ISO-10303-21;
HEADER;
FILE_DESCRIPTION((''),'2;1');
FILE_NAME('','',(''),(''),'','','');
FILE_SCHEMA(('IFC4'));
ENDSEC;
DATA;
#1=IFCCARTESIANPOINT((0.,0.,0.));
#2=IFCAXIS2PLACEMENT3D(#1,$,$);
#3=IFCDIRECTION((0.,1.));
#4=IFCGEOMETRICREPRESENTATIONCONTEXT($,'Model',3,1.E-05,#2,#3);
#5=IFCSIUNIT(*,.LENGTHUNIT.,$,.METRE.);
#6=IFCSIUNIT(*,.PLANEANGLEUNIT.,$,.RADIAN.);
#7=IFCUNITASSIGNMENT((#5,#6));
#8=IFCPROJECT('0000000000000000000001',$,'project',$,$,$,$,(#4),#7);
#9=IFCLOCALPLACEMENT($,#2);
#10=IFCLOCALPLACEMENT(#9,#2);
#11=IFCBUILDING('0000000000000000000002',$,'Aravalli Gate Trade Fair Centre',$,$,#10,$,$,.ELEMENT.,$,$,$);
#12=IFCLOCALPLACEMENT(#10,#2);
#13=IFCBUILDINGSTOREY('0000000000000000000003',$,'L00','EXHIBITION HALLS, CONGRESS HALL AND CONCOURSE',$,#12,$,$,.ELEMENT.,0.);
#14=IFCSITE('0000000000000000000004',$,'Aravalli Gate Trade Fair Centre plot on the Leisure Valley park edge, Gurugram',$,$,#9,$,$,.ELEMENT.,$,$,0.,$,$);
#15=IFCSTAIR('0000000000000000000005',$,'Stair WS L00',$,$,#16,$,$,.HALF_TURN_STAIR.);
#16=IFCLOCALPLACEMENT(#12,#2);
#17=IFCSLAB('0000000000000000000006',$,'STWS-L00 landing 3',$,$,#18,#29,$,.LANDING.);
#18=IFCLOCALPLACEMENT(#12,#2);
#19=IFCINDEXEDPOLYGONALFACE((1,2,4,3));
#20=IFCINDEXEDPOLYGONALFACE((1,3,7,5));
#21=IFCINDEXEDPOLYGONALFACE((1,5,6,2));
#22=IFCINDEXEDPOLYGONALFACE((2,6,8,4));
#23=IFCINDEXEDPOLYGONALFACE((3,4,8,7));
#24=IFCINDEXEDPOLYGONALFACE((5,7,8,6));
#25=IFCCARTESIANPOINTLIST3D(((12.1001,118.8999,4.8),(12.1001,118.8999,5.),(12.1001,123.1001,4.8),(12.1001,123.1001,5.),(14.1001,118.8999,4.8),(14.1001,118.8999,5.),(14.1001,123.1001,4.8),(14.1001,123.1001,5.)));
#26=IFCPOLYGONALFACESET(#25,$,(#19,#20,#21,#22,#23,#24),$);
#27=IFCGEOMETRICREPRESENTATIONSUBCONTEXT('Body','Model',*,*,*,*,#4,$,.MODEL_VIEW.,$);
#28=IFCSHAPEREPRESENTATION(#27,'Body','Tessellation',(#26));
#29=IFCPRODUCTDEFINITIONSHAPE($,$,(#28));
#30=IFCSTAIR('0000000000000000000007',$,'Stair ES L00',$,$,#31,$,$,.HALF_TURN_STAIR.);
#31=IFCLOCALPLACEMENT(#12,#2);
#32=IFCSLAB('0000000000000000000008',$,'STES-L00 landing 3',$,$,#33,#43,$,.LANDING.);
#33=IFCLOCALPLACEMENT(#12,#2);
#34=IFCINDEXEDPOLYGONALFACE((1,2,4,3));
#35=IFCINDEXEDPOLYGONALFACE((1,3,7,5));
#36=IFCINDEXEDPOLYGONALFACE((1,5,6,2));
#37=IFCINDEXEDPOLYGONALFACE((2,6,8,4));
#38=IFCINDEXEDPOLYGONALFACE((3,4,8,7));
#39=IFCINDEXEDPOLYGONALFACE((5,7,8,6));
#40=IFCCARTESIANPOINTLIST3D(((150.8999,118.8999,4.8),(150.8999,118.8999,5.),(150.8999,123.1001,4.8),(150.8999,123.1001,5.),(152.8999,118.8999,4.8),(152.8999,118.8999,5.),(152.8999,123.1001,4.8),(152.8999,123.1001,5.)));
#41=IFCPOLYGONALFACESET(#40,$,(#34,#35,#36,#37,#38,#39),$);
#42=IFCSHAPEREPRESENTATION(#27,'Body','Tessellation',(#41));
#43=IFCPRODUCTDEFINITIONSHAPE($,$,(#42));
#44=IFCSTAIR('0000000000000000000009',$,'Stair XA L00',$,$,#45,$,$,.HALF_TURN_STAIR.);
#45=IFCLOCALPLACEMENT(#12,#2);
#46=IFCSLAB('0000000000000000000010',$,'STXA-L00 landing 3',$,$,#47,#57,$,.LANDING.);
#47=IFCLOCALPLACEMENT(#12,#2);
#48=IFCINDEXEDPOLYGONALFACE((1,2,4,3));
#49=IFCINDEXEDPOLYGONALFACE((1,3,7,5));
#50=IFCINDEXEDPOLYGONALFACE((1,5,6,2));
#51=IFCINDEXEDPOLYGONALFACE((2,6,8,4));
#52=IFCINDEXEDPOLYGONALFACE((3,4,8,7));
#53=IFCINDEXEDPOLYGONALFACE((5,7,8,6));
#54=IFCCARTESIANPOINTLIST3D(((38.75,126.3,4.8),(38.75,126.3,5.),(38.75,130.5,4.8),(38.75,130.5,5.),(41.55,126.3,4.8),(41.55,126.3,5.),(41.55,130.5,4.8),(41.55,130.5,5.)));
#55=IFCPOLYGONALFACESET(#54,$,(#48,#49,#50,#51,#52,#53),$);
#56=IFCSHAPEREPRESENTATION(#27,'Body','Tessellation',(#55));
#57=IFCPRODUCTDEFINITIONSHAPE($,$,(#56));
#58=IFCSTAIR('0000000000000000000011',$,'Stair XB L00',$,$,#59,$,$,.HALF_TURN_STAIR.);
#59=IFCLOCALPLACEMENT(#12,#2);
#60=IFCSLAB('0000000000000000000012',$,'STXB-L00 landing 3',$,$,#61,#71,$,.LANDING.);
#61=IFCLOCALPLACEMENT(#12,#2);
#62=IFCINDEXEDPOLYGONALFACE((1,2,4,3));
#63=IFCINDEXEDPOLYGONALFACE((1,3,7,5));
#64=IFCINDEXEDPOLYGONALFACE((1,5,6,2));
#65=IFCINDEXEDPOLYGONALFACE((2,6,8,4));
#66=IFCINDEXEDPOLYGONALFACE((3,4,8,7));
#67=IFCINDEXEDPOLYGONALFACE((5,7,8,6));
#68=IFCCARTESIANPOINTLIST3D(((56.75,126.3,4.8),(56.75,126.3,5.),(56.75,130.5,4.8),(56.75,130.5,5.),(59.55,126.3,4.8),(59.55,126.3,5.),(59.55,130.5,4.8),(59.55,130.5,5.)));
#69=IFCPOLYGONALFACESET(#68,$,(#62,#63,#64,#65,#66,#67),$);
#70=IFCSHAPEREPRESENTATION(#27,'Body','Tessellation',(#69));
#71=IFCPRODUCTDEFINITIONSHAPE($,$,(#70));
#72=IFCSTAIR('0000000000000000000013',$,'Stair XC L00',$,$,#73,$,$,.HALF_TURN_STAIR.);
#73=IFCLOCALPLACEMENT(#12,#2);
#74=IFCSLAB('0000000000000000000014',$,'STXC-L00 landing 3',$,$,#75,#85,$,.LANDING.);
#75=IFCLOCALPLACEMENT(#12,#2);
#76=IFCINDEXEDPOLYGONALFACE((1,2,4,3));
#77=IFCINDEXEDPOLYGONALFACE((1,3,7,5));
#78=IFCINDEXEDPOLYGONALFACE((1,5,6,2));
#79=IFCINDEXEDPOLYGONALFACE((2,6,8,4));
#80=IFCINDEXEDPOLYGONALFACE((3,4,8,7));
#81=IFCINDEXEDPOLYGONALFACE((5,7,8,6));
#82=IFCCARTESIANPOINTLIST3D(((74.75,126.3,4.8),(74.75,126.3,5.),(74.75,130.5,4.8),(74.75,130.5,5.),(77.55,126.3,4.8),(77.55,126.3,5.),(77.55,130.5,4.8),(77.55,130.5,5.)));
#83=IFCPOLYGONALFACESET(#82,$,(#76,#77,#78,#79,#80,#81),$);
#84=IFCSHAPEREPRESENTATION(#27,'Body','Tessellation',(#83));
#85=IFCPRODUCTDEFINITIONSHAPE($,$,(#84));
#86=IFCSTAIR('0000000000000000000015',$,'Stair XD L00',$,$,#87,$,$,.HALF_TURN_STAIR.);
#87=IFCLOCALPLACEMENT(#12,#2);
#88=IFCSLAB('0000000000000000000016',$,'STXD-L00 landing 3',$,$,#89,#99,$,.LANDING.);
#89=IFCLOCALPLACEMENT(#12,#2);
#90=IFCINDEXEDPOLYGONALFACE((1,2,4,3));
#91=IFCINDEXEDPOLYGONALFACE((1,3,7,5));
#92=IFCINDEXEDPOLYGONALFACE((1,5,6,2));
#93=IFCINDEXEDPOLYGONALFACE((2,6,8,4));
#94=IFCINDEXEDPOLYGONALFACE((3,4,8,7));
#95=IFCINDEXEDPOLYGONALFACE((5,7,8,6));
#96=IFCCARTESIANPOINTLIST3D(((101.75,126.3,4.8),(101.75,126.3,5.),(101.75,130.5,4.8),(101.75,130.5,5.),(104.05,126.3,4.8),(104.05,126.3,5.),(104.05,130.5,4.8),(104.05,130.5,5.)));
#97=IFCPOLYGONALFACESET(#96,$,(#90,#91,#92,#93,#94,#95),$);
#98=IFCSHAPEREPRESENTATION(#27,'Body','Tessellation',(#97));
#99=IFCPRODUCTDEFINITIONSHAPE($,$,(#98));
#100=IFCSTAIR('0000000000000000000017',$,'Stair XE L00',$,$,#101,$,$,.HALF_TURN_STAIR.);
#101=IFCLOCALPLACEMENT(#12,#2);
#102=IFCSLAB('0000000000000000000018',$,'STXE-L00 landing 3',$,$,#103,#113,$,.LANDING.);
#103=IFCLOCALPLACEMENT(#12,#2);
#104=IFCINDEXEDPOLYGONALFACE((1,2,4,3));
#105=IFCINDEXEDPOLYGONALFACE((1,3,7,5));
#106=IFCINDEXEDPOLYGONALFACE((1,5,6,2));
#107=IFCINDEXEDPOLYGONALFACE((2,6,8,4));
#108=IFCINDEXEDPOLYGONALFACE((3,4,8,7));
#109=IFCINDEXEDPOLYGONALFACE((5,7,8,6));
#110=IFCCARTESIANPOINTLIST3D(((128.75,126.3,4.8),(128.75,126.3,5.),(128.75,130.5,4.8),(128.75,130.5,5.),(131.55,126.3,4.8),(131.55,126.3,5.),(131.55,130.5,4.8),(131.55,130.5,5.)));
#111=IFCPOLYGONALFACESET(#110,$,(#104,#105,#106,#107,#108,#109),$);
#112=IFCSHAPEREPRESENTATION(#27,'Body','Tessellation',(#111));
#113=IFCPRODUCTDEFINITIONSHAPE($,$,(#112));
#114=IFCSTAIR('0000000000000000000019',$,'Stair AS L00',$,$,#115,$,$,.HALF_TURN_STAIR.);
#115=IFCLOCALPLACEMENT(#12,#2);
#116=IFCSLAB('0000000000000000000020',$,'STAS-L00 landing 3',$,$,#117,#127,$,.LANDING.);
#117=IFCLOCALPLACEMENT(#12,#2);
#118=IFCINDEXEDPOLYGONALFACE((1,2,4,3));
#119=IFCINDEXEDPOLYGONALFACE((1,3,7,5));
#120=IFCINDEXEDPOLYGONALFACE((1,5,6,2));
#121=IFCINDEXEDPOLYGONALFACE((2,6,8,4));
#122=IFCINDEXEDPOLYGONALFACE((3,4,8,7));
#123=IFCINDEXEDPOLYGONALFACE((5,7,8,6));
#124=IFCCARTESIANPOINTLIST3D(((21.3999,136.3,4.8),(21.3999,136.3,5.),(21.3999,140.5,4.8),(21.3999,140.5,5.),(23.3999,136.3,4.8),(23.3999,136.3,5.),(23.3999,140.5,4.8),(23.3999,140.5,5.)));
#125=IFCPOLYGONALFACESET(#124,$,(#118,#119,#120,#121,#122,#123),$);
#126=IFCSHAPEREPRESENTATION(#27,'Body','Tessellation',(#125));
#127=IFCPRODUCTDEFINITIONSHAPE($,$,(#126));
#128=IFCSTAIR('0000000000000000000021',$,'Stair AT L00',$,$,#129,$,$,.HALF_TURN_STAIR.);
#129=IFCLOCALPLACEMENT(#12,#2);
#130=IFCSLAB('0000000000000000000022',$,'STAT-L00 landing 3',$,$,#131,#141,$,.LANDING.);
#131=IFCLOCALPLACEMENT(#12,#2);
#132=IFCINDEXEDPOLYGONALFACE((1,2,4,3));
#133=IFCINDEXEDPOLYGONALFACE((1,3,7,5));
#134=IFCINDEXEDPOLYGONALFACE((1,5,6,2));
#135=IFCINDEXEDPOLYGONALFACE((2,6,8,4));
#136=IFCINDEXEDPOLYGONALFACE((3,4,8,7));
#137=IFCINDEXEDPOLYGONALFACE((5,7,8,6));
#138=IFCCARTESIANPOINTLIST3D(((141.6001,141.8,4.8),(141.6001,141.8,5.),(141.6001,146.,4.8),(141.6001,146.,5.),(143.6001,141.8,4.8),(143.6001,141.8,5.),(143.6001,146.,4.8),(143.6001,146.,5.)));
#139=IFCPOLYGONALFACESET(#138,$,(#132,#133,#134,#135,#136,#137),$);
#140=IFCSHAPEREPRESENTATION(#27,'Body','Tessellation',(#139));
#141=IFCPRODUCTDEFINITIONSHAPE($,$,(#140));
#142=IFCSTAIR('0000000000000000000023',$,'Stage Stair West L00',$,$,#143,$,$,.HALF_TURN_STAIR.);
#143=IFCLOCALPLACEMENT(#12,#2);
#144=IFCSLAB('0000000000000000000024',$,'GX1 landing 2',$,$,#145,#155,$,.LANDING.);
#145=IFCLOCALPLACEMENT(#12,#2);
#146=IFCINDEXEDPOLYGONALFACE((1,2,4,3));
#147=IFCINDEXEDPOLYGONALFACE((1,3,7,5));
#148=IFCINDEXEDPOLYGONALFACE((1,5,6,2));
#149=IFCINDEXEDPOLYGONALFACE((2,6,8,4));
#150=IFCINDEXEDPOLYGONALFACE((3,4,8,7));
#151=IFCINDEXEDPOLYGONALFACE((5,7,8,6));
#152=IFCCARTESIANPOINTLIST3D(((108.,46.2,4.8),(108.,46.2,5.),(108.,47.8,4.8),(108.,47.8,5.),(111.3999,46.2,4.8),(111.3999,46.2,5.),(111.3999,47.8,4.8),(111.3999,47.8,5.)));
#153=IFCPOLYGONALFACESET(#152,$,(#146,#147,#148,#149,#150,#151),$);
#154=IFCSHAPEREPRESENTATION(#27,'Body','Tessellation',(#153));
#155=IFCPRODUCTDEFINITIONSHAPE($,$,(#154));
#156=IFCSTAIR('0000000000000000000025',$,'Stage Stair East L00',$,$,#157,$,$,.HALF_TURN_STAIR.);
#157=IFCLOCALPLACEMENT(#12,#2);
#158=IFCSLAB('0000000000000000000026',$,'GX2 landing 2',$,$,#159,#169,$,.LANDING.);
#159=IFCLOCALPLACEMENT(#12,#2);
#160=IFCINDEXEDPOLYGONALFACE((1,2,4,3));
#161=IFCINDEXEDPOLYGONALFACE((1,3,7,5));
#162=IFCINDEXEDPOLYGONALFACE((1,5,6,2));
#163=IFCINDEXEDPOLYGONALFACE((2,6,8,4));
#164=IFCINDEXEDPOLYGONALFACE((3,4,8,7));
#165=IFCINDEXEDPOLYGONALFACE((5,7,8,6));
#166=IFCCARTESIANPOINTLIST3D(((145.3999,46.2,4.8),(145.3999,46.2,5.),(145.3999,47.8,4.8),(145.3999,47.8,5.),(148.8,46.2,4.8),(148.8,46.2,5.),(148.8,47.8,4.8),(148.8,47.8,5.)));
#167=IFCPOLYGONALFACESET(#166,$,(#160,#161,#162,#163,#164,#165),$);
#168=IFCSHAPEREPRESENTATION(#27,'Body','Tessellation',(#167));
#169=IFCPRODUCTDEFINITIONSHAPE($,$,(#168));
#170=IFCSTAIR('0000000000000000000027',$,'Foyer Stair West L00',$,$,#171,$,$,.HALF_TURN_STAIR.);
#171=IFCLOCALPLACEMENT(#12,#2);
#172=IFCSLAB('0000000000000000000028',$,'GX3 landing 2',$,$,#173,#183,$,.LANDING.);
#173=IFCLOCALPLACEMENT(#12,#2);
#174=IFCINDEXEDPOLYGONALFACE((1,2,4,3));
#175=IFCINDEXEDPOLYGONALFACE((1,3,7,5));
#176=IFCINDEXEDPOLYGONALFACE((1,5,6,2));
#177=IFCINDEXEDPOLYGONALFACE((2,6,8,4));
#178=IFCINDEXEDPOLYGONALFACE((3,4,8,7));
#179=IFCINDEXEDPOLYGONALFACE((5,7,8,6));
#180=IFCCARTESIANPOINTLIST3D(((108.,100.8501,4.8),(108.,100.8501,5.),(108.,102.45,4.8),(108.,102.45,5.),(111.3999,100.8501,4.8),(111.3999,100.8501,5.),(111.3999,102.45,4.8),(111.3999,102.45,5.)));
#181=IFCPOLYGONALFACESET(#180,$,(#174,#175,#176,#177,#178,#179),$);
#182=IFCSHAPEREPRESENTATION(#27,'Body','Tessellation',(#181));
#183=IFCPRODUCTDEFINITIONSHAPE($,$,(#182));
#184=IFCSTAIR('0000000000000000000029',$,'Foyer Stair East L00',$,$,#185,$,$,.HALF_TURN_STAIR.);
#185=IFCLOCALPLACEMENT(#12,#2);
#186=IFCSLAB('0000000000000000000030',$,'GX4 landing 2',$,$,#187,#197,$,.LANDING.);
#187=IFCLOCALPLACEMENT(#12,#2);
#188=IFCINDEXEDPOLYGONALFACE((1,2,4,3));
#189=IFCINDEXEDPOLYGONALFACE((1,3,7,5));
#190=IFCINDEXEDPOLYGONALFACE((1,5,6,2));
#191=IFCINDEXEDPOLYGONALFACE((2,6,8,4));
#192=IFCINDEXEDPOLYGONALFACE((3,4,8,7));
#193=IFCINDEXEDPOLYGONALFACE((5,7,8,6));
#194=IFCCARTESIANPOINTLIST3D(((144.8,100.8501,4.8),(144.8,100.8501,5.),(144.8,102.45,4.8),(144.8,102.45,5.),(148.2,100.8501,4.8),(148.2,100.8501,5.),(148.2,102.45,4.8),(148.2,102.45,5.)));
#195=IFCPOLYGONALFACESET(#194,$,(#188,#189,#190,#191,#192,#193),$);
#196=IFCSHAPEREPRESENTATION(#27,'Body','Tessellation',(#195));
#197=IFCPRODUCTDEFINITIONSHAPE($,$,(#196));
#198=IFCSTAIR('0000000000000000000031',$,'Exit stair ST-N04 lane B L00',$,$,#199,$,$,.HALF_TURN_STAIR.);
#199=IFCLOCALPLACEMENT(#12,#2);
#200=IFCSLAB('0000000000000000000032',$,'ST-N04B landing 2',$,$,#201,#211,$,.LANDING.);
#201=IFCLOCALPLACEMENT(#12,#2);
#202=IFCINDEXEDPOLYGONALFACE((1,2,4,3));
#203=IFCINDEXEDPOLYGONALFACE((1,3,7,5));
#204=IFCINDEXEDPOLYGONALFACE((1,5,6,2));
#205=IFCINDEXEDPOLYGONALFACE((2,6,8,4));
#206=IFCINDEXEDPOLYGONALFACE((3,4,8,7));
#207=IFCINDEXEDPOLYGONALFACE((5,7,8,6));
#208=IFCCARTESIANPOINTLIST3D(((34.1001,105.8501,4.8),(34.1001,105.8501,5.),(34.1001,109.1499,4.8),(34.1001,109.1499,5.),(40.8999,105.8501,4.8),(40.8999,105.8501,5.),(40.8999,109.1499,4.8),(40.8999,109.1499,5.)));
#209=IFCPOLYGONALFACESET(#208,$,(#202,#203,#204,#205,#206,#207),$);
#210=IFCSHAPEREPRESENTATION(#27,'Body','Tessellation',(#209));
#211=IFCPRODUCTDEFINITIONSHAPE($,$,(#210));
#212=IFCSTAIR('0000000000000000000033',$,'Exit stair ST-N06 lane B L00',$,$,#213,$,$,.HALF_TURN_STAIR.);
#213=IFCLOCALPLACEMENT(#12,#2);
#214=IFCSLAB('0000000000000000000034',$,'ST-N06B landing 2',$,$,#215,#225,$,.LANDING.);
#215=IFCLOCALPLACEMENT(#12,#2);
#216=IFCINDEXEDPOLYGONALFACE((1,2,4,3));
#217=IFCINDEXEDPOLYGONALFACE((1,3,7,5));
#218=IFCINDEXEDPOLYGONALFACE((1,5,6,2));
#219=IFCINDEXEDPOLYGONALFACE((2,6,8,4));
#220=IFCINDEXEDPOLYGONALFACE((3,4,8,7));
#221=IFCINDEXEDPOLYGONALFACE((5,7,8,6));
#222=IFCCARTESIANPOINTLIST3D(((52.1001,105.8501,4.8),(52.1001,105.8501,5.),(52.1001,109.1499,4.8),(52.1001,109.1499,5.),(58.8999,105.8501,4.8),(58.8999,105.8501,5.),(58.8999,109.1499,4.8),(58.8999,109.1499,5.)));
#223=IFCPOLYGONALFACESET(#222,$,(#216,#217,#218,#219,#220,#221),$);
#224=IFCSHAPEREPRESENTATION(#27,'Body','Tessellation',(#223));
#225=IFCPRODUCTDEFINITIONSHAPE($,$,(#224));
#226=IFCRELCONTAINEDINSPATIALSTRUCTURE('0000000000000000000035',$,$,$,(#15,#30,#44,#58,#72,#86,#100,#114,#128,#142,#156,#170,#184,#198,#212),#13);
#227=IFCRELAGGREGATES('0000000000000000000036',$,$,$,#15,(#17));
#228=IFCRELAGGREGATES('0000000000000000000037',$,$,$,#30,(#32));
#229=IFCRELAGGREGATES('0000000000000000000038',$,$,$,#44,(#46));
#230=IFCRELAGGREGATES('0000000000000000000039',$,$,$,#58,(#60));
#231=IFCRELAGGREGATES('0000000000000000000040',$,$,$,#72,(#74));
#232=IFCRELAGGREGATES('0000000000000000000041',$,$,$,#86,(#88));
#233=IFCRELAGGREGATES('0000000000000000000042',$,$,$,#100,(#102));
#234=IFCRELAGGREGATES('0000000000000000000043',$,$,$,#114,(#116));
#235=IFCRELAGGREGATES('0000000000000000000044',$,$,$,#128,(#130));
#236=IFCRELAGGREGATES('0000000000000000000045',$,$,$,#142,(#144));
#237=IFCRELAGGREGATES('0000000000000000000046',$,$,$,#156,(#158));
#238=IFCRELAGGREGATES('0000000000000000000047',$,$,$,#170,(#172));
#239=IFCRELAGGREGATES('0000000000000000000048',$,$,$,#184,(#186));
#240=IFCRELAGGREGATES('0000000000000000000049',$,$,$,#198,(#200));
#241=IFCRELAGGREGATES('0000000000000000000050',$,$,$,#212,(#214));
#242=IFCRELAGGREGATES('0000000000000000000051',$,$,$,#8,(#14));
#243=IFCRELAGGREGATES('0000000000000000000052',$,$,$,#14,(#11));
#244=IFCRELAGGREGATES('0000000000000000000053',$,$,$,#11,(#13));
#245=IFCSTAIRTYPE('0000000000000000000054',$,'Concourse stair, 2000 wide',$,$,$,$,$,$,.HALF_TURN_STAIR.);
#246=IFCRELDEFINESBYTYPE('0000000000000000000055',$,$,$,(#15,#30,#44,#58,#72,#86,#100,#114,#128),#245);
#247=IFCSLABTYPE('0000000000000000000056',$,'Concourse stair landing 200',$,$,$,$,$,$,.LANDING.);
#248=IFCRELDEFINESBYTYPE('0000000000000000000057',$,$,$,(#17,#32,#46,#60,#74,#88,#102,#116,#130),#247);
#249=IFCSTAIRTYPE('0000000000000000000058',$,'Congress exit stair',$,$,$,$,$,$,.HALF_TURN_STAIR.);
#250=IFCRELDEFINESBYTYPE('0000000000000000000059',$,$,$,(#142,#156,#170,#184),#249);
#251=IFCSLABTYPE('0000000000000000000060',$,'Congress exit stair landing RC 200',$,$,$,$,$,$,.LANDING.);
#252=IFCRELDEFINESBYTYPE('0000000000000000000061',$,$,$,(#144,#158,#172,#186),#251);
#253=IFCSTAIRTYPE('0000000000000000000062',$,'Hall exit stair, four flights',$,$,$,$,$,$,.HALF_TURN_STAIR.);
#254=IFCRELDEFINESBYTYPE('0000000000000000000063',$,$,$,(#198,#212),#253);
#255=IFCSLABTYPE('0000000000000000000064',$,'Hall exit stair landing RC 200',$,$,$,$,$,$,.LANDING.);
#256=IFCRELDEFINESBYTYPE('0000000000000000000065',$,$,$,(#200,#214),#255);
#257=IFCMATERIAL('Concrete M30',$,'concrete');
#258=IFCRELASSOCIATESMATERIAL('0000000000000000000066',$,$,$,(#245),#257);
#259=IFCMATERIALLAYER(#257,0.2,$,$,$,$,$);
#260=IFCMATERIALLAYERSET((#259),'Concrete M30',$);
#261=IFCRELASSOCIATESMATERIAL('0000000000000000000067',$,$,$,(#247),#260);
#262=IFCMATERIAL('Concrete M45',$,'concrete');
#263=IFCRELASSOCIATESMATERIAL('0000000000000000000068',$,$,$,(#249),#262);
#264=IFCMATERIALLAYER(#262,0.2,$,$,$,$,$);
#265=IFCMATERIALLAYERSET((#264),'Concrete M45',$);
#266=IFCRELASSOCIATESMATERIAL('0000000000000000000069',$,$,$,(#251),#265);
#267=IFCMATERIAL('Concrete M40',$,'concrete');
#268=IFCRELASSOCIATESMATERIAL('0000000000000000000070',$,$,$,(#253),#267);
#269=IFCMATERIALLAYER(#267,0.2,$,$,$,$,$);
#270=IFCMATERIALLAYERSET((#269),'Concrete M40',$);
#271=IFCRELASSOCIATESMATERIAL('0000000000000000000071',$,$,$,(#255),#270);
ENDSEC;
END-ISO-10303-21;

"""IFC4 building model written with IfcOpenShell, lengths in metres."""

from ifc_helpers import new_model, si_unit, direction, frame, origin, place, context, subcontext, project, spatial, polyline, outline, extrude, material, layer, layer_set, type_object, element, aggregate, save


model = new_model("IFC4")

# Units and contexts
model_context = context("Model", 3, precision=1e-05, world=origin(), true_north=direction((0.0, 1.0)))
body_context = subcontext(model_context, "Body", "Model", "MODEL_VIEW")
ifc_project = project(units=[si_unit("LENGTHUNIT", "METRE"), si_unit("PLANEANGLEUNIT", "RADIAN")], contexts=[model_context])

# Site, building, storey
site_placement = place(None, origin())
site = spatial("IfcSite", under=ifc_project, at=site_placement, Name="Aravalli Gate Trade Fair Centre plot on the Leisure Valley park edge, Gurugram", CompositionType="ELEMENT", RefElevation=0.0)
building_placement = place(site_placement, origin())
building = spatial("IfcBuilding", under=site, at=building_placement, Name="Aravalli Gate Trade Fair Centre", CompositionType="ELEMENT")
storey_placement = place(building_placement, origin())
storey = spatial("IfcBuildingStorey", under=building, at=storey_placement, Name="L00", Description="EXHIBITION HALLS, CONGRESS HALL AND CONCOURSE", CompositionType="ELEMENT", Elevation=0.0)

# Stairs, slabs
ifc_material_1 = material(Name="Concrete M30", Category="concrete")
stair_type_1 = type_object("IfcStairType", Name="Concourse stair, 2000 wide", PredefinedType="HALF_TURN_STAIR", material=ifc_material_1)
stair_1_placement = place(storey_placement, origin())
stair_1 = element("IfcStair", 1, at=stair_1_placement, inside=storey, type_object=stair_type_1, Name="Stair WS L00", PredefinedType="HALF_TURN_STAIR")
ifc_layer_1 = layer(ifc_material_1, 0.2)
ifc_layer_set_1 = layer_set([ifc_layer_1], Name="Concrete M30")
slab_type_1 = type_object("IfcSlabType", Name="Concourse stair landing 200", PredefinedType="LANDING", material=ifc_layer_set_1)
slab_1_placement = place(storey_placement, frame((0.0, 0.0, 4.8)))
slab_1 = element("IfcSlab", 2, at=slab_1_placement, type_object=slab_type_1, Name="STWS-L00 landing 3", PredefinedType="LANDING", context=body_context, shape_type="SweptSolid", body=[
    extrude(outline(polyline([(12.1001, 118.8999), (14.1001, 118.8999), (14.1001, 123.1001), (12.1001, 123.1001), (12.1001, 118.8999)])), origin(), (0.0, 0.0, 1.0), 0.2),
])
aggregate(stair_1, [slab_1])
stair_2_placement = place(storey_placement, origin())
stair_2 = element("IfcStair", 3, at=stair_2_placement, inside=storey, type_object=stair_type_1, Name="Stair ES L00", PredefinedType="HALF_TURN_STAIR")
slab_2_placement = place(storey_placement, frame((0.0, 0.0, 4.8)))
slab_2 = element("IfcSlab", 4, at=slab_2_placement, type_object=slab_type_1, Name="STES-L00 landing 3", PredefinedType="LANDING", context=body_context, shape_type="SweptSolid", body=[
    extrude(outline(polyline([(150.8999, 118.8999), (152.8999, 118.8999), (152.8999, 123.1001), (150.8999, 123.1001), (150.8999, 118.8999)])), origin(), (0.0, 0.0, 1.0), 0.2),
])
aggregate(stair_2, [slab_2])
stair_3_placement = place(storey_placement, origin())
stair_3 = element("IfcStair", 5, at=stair_3_placement, inside=storey, type_object=stair_type_1, Name="Stair XA L00", PredefinedType="HALF_TURN_STAIR")
slab_3_placement = place(storey_placement, frame((0.0, 0.0, 4.8)))
slab_3 = element("IfcSlab", 6, at=slab_3_placement, type_object=slab_type_1, Name="STXA-L00 landing 3", PredefinedType="LANDING", context=body_context, shape_type="SweptSolid", body=[
    extrude(outline(polyline([(38.75, 126.3), (41.55, 126.3), (41.55, 130.5), (38.75, 130.5), (38.75, 126.3)])), origin(), (0.0, 0.0, 1.0), 0.2),
])
aggregate(stair_3, [slab_3])
stair_4_placement = place(storey_placement, origin())
stair_4 = element("IfcStair", 7, at=stair_4_placement, inside=storey, type_object=stair_type_1, Name="Stair XB L00", PredefinedType="HALF_TURN_STAIR")
slab_4_placement = place(storey_placement, frame((0.0, 0.0, 4.8)))
slab_4 = element("IfcSlab", 8, at=slab_4_placement, type_object=slab_type_1, Name="STXB-L00 landing 3", PredefinedType="LANDING", context=body_context, shape_type="SweptSolid", body=[
    extrude(outline(polyline([(56.75, 126.3), (59.55, 126.3), (59.55, 130.5), (56.75, 130.5), (56.75, 126.3)])), origin(), (0.0, 0.0, 1.0), 0.2),
])
aggregate(stair_4, [slab_4])
stair_5_placement = place(storey_placement, origin())
stair_5 = element("IfcStair", 9, at=stair_5_placement, inside=storey, type_object=stair_type_1, Name="Stair XC L00", PredefinedType="HALF_TURN_STAIR")
slab_5_placement = place(storey_placement, frame((0.0, 0.0, 4.8)))
slab_5 = element("IfcSlab", 10, at=slab_5_placement, type_object=slab_type_1, Name="STXC-L00 landing 3", PredefinedType="LANDING", context=body_context, shape_type="SweptSolid", body=[
    extrude(outline(polyline([(74.75, 126.3), (77.55, 126.3), (77.55, 130.5), (74.75, 130.5), (74.75, 126.3)])), origin(), (0.0, 0.0, 1.0), 0.2),
])
aggregate(stair_5, [slab_5])
stair_6_placement = place(storey_placement, origin())
stair_6 = element("IfcStair", 11, at=stair_6_placement, inside=storey, type_object=stair_type_1, Name="Stair XD L00", PredefinedType="HALF_TURN_STAIR")
slab_6_placement = place(storey_placement, frame((0.0, 0.0, 4.8)))
slab_6 = element("IfcSlab", 12, at=slab_6_placement, type_object=slab_type_1, Name="STXD-L00 landing 3", PredefinedType="LANDING", context=body_context, shape_type="SweptSolid", body=[
    extrude(outline(polyline([(101.75, 126.3), (104.05, 126.3), (104.05, 130.5), (101.75, 130.5), (101.75, 126.3)])), origin(), (0.0, 0.0, 1.0), 0.2),
])
aggregate(stair_6, [slab_6])
stair_7_placement = place(storey_placement, origin())
stair_7 = element("IfcStair", 13, at=stair_7_placement, inside=storey, type_object=stair_type_1, Name="Stair XE L00", PredefinedType="HALF_TURN_STAIR")
slab_7_placement = place(storey_placement, frame((0.0, 0.0, 4.8)))
slab_7 = element("IfcSlab", 14, at=slab_7_placement, type_object=slab_type_1, Name="STXE-L00 landing 3", PredefinedType="LANDING", context=body_context, shape_type="SweptSolid", body=[
    extrude(outline(polyline([(128.75, 126.3), (131.55, 126.3), (131.55, 130.5), (128.75, 130.5), (128.75, 126.3)])), origin(), (0.0, 0.0, 1.0), 0.2),
])
aggregate(stair_7, [slab_7])
stair_8_placement = place(storey_placement, origin())
stair_8 = element("IfcStair", 15, at=stair_8_placement, inside=storey, type_object=stair_type_1, Name="Stair AS L00", PredefinedType="HALF_TURN_STAIR")
slab_8_placement = place(storey_placement, frame((0.0, 0.0, 4.8)))
slab_8 = element("IfcSlab", 16, at=slab_8_placement, type_object=slab_type_1, Name="STAS-L00 landing 3", PredefinedType="LANDING", context=body_context, shape_type="SweptSolid", body=[
    extrude(outline(polyline([(21.3999, 136.3), (23.3999, 136.3), (23.3999, 140.5), (21.3999, 140.5), (21.3999, 136.3)])), origin(), (0.0, 0.0, 1.0), 0.2),
])
aggregate(stair_8, [slab_8])
stair_9_placement = place(storey_placement, origin())
stair_9 = element("IfcStair", 17, at=stair_9_placement, inside=storey, type_object=stair_type_1, Name="Stair AT L00", PredefinedType="HALF_TURN_STAIR")
slab_9_placement = place(storey_placement, frame((0.0, 0.0, 4.8)))
slab_9 = element("IfcSlab", 18, at=slab_9_placement, type_object=slab_type_1, Name="STAT-L00 landing 3", PredefinedType="LANDING", context=body_context, shape_type="SweptSolid", body=[
    extrude(outline(polyline([(141.6001, 141.8), (143.6001, 141.8), (143.6001, 146.0), (141.6001, 146.0), (141.6001, 141.8)])), origin(), (0.0, 0.0, 1.0), 0.2),
])
aggregate(stair_9, [slab_9])
ifc_material_2 = material(Name="Concrete M45", Category="concrete")
stair_type_2 = type_object("IfcStairType", Name="Congress exit stair", PredefinedType="HALF_TURN_STAIR", material=ifc_material_2)
stair_10_placement = place(storey_placement, origin())
stair_10 = element("IfcStair", 19, at=stair_10_placement, inside=storey, type_object=stair_type_2, Name="Stage Stair West L00", PredefinedType="HALF_TURN_STAIR")
ifc_layer_2 = layer(ifc_material_2, 0.2)
ifc_layer_set_2 = layer_set([ifc_layer_2], Name="Concrete M45")
slab_type_2 = type_object("IfcSlabType", Name="Congress exit stair landing RC 200", PredefinedType="LANDING", material=ifc_layer_set_2)
slab_10_placement = place(storey_placement, frame((0.0, 0.0, 4.8)))
slab_10 = element("IfcSlab", 20, at=slab_10_placement, type_object=slab_type_2, Name="GX1 landing 2", PredefinedType="LANDING", context=body_context, shape_type="SweptSolid", body=[
    extrude(outline(polyline([(108.0, 46.2), (111.3999, 46.2), (111.3999, 47.8), (108.0, 47.8), (108.0, 46.2)])), origin(), (0.0, 0.0, 1.0), 0.2),
])
aggregate(stair_10, [slab_10])
stair_11_placement = place(storey_placement, origin())
stair_11 = element("IfcStair", 21, at=stair_11_placement, inside=storey, type_object=stair_type_2, Name="Stage Stair East L00", PredefinedType="HALF_TURN_STAIR")
slab_11_placement = place(storey_placement, frame((0.0, 0.0, 4.8)))
slab_11 = element("IfcSlab", 22, at=slab_11_placement, type_object=slab_type_2, Name="GX2 landing 2", PredefinedType="LANDING", context=body_context, shape_type="SweptSolid", body=[
    extrude(outline(polyline([(145.3999, 46.2), (148.8, 46.2), (148.8, 47.8), (145.3999, 47.8), (145.3999, 46.2)])), origin(), (0.0, 0.0, 1.0), 0.2),
])
aggregate(stair_11, [slab_11])
stair_12_placement = place(storey_placement, origin())
stair_12 = element("IfcStair", 23, at=stair_12_placement, inside=storey, type_object=stair_type_2, Name="Foyer Stair West L00", PredefinedType="HALF_TURN_STAIR")
slab_12_placement = place(storey_placement, frame((0.0, 0.0, 4.8)))
slab_12 = element("IfcSlab", 24, at=slab_12_placement, type_object=slab_type_2, Name="GX3 landing 2", PredefinedType="LANDING", context=body_context, shape_type="SweptSolid", body=[
    extrude(outline(polyline([(108.0, 100.8501), (111.3999, 100.8501), (111.3999, 102.45), (108.0, 102.45), (108.0, 100.8501)])), origin(), (0.0, 0.0, 1.0), 0.2),
])
aggregate(stair_12, [slab_12])
stair_13_placement = place(storey_placement, origin())
stair_13 = element("IfcStair", 25, at=stair_13_placement, inside=storey, type_object=stair_type_2, Name="Foyer Stair East L00", PredefinedType="HALF_TURN_STAIR")
slab_13_placement = place(storey_placement, frame((0.0, 0.0, 4.8)))
slab_13 = element("IfcSlab", 26, at=slab_13_placement, type_object=slab_type_2, Name="GX4 landing 2", PredefinedType="LANDING", context=body_context, shape_type="SweptSolid", body=[
    extrude(outline(polyline([(144.8, 100.8501), (148.2, 100.8501), (148.2, 102.45), (144.8, 102.45), (144.8, 100.8501)])), origin(), (0.0, 0.0, 1.0), 0.2),
])
aggregate(stair_13, [slab_13])
ifc_material_3 = material(Name="Concrete M40", Category="concrete")
stair_type_3 = type_object("IfcStairType", Name="Hall exit stair, four flights", PredefinedType="HALF_TURN_STAIR", material=ifc_material_3)
stair_14_placement = place(storey_placement, origin())
stair_14 = element("IfcStair", 27, at=stair_14_placement, inside=storey, type_object=stair_type_3, Name="Exit stair ST-N04 lane B L00", PredefinedType="HALF_TURN_STAIR")
ifc_layer_3 = layer(ifc_material_3, 0.2)
ifc_layer_set_3 = layer_set([ifc_layer_3], Name="Concrete M40")
slab_type_3 = type_object("IfcSlabType", Name="Hall exit stair landing RC 200", PredefinedType="LANDING", material=ifc_layer_set_3)
slab_14_placement = place(storey_placement, frame((0.0, 0.0, 4.8)))
slab_14 = element("IfcSlab", 28, at=slab_14_placement, type_object=slab_type_3, Name="ST-N04B landing 2", PredefinedType="LANDING", context=body_context, shape_type="SweptSolid", body=[
    extrude(outline(polyline([(34.1001, 109.1499), (40.8999, 109.1499), (40.8999, 105.8501), (34.1001, 105.8501), (34.1001, 109.1499)])), origin(), (0.0, 0.0, 1.0), 0.2),
])
aggregate(stair_14, [slab_14])
stair_15_placement = place(storey_placement, origin())
stair_15 = element("IfcStair", 29, at=stair_15_placement, inside=storey, type_object=stair_type_3, Name="Exit stair ST-N06 lane B L00", PredefinedType="HALF_TURN_STAIR")
slab_15_placement = place(storey_placement, frame((0.0, 0.0, 4.8)))
slab_15 = element("IfcSlab", 30, at=slab_15_placement, type_object=slab_type_3, Name="ST-N06B landing 2", PredefinedType="LANDING", context=body_context, shape_type="SweptSolid", body=[
    extrude(outline(polyline([(52.1001, 109.1499), (58.8999, 109.1499), (58.8999, 105.8501), (52.1001, 105.8501), (52.1001, 109.1499)])), origin(), (0.0, 0.0, 1.0), 0.2),
])
aggregate(stair_15, [slab_15])

save(model, "model.ifc")
